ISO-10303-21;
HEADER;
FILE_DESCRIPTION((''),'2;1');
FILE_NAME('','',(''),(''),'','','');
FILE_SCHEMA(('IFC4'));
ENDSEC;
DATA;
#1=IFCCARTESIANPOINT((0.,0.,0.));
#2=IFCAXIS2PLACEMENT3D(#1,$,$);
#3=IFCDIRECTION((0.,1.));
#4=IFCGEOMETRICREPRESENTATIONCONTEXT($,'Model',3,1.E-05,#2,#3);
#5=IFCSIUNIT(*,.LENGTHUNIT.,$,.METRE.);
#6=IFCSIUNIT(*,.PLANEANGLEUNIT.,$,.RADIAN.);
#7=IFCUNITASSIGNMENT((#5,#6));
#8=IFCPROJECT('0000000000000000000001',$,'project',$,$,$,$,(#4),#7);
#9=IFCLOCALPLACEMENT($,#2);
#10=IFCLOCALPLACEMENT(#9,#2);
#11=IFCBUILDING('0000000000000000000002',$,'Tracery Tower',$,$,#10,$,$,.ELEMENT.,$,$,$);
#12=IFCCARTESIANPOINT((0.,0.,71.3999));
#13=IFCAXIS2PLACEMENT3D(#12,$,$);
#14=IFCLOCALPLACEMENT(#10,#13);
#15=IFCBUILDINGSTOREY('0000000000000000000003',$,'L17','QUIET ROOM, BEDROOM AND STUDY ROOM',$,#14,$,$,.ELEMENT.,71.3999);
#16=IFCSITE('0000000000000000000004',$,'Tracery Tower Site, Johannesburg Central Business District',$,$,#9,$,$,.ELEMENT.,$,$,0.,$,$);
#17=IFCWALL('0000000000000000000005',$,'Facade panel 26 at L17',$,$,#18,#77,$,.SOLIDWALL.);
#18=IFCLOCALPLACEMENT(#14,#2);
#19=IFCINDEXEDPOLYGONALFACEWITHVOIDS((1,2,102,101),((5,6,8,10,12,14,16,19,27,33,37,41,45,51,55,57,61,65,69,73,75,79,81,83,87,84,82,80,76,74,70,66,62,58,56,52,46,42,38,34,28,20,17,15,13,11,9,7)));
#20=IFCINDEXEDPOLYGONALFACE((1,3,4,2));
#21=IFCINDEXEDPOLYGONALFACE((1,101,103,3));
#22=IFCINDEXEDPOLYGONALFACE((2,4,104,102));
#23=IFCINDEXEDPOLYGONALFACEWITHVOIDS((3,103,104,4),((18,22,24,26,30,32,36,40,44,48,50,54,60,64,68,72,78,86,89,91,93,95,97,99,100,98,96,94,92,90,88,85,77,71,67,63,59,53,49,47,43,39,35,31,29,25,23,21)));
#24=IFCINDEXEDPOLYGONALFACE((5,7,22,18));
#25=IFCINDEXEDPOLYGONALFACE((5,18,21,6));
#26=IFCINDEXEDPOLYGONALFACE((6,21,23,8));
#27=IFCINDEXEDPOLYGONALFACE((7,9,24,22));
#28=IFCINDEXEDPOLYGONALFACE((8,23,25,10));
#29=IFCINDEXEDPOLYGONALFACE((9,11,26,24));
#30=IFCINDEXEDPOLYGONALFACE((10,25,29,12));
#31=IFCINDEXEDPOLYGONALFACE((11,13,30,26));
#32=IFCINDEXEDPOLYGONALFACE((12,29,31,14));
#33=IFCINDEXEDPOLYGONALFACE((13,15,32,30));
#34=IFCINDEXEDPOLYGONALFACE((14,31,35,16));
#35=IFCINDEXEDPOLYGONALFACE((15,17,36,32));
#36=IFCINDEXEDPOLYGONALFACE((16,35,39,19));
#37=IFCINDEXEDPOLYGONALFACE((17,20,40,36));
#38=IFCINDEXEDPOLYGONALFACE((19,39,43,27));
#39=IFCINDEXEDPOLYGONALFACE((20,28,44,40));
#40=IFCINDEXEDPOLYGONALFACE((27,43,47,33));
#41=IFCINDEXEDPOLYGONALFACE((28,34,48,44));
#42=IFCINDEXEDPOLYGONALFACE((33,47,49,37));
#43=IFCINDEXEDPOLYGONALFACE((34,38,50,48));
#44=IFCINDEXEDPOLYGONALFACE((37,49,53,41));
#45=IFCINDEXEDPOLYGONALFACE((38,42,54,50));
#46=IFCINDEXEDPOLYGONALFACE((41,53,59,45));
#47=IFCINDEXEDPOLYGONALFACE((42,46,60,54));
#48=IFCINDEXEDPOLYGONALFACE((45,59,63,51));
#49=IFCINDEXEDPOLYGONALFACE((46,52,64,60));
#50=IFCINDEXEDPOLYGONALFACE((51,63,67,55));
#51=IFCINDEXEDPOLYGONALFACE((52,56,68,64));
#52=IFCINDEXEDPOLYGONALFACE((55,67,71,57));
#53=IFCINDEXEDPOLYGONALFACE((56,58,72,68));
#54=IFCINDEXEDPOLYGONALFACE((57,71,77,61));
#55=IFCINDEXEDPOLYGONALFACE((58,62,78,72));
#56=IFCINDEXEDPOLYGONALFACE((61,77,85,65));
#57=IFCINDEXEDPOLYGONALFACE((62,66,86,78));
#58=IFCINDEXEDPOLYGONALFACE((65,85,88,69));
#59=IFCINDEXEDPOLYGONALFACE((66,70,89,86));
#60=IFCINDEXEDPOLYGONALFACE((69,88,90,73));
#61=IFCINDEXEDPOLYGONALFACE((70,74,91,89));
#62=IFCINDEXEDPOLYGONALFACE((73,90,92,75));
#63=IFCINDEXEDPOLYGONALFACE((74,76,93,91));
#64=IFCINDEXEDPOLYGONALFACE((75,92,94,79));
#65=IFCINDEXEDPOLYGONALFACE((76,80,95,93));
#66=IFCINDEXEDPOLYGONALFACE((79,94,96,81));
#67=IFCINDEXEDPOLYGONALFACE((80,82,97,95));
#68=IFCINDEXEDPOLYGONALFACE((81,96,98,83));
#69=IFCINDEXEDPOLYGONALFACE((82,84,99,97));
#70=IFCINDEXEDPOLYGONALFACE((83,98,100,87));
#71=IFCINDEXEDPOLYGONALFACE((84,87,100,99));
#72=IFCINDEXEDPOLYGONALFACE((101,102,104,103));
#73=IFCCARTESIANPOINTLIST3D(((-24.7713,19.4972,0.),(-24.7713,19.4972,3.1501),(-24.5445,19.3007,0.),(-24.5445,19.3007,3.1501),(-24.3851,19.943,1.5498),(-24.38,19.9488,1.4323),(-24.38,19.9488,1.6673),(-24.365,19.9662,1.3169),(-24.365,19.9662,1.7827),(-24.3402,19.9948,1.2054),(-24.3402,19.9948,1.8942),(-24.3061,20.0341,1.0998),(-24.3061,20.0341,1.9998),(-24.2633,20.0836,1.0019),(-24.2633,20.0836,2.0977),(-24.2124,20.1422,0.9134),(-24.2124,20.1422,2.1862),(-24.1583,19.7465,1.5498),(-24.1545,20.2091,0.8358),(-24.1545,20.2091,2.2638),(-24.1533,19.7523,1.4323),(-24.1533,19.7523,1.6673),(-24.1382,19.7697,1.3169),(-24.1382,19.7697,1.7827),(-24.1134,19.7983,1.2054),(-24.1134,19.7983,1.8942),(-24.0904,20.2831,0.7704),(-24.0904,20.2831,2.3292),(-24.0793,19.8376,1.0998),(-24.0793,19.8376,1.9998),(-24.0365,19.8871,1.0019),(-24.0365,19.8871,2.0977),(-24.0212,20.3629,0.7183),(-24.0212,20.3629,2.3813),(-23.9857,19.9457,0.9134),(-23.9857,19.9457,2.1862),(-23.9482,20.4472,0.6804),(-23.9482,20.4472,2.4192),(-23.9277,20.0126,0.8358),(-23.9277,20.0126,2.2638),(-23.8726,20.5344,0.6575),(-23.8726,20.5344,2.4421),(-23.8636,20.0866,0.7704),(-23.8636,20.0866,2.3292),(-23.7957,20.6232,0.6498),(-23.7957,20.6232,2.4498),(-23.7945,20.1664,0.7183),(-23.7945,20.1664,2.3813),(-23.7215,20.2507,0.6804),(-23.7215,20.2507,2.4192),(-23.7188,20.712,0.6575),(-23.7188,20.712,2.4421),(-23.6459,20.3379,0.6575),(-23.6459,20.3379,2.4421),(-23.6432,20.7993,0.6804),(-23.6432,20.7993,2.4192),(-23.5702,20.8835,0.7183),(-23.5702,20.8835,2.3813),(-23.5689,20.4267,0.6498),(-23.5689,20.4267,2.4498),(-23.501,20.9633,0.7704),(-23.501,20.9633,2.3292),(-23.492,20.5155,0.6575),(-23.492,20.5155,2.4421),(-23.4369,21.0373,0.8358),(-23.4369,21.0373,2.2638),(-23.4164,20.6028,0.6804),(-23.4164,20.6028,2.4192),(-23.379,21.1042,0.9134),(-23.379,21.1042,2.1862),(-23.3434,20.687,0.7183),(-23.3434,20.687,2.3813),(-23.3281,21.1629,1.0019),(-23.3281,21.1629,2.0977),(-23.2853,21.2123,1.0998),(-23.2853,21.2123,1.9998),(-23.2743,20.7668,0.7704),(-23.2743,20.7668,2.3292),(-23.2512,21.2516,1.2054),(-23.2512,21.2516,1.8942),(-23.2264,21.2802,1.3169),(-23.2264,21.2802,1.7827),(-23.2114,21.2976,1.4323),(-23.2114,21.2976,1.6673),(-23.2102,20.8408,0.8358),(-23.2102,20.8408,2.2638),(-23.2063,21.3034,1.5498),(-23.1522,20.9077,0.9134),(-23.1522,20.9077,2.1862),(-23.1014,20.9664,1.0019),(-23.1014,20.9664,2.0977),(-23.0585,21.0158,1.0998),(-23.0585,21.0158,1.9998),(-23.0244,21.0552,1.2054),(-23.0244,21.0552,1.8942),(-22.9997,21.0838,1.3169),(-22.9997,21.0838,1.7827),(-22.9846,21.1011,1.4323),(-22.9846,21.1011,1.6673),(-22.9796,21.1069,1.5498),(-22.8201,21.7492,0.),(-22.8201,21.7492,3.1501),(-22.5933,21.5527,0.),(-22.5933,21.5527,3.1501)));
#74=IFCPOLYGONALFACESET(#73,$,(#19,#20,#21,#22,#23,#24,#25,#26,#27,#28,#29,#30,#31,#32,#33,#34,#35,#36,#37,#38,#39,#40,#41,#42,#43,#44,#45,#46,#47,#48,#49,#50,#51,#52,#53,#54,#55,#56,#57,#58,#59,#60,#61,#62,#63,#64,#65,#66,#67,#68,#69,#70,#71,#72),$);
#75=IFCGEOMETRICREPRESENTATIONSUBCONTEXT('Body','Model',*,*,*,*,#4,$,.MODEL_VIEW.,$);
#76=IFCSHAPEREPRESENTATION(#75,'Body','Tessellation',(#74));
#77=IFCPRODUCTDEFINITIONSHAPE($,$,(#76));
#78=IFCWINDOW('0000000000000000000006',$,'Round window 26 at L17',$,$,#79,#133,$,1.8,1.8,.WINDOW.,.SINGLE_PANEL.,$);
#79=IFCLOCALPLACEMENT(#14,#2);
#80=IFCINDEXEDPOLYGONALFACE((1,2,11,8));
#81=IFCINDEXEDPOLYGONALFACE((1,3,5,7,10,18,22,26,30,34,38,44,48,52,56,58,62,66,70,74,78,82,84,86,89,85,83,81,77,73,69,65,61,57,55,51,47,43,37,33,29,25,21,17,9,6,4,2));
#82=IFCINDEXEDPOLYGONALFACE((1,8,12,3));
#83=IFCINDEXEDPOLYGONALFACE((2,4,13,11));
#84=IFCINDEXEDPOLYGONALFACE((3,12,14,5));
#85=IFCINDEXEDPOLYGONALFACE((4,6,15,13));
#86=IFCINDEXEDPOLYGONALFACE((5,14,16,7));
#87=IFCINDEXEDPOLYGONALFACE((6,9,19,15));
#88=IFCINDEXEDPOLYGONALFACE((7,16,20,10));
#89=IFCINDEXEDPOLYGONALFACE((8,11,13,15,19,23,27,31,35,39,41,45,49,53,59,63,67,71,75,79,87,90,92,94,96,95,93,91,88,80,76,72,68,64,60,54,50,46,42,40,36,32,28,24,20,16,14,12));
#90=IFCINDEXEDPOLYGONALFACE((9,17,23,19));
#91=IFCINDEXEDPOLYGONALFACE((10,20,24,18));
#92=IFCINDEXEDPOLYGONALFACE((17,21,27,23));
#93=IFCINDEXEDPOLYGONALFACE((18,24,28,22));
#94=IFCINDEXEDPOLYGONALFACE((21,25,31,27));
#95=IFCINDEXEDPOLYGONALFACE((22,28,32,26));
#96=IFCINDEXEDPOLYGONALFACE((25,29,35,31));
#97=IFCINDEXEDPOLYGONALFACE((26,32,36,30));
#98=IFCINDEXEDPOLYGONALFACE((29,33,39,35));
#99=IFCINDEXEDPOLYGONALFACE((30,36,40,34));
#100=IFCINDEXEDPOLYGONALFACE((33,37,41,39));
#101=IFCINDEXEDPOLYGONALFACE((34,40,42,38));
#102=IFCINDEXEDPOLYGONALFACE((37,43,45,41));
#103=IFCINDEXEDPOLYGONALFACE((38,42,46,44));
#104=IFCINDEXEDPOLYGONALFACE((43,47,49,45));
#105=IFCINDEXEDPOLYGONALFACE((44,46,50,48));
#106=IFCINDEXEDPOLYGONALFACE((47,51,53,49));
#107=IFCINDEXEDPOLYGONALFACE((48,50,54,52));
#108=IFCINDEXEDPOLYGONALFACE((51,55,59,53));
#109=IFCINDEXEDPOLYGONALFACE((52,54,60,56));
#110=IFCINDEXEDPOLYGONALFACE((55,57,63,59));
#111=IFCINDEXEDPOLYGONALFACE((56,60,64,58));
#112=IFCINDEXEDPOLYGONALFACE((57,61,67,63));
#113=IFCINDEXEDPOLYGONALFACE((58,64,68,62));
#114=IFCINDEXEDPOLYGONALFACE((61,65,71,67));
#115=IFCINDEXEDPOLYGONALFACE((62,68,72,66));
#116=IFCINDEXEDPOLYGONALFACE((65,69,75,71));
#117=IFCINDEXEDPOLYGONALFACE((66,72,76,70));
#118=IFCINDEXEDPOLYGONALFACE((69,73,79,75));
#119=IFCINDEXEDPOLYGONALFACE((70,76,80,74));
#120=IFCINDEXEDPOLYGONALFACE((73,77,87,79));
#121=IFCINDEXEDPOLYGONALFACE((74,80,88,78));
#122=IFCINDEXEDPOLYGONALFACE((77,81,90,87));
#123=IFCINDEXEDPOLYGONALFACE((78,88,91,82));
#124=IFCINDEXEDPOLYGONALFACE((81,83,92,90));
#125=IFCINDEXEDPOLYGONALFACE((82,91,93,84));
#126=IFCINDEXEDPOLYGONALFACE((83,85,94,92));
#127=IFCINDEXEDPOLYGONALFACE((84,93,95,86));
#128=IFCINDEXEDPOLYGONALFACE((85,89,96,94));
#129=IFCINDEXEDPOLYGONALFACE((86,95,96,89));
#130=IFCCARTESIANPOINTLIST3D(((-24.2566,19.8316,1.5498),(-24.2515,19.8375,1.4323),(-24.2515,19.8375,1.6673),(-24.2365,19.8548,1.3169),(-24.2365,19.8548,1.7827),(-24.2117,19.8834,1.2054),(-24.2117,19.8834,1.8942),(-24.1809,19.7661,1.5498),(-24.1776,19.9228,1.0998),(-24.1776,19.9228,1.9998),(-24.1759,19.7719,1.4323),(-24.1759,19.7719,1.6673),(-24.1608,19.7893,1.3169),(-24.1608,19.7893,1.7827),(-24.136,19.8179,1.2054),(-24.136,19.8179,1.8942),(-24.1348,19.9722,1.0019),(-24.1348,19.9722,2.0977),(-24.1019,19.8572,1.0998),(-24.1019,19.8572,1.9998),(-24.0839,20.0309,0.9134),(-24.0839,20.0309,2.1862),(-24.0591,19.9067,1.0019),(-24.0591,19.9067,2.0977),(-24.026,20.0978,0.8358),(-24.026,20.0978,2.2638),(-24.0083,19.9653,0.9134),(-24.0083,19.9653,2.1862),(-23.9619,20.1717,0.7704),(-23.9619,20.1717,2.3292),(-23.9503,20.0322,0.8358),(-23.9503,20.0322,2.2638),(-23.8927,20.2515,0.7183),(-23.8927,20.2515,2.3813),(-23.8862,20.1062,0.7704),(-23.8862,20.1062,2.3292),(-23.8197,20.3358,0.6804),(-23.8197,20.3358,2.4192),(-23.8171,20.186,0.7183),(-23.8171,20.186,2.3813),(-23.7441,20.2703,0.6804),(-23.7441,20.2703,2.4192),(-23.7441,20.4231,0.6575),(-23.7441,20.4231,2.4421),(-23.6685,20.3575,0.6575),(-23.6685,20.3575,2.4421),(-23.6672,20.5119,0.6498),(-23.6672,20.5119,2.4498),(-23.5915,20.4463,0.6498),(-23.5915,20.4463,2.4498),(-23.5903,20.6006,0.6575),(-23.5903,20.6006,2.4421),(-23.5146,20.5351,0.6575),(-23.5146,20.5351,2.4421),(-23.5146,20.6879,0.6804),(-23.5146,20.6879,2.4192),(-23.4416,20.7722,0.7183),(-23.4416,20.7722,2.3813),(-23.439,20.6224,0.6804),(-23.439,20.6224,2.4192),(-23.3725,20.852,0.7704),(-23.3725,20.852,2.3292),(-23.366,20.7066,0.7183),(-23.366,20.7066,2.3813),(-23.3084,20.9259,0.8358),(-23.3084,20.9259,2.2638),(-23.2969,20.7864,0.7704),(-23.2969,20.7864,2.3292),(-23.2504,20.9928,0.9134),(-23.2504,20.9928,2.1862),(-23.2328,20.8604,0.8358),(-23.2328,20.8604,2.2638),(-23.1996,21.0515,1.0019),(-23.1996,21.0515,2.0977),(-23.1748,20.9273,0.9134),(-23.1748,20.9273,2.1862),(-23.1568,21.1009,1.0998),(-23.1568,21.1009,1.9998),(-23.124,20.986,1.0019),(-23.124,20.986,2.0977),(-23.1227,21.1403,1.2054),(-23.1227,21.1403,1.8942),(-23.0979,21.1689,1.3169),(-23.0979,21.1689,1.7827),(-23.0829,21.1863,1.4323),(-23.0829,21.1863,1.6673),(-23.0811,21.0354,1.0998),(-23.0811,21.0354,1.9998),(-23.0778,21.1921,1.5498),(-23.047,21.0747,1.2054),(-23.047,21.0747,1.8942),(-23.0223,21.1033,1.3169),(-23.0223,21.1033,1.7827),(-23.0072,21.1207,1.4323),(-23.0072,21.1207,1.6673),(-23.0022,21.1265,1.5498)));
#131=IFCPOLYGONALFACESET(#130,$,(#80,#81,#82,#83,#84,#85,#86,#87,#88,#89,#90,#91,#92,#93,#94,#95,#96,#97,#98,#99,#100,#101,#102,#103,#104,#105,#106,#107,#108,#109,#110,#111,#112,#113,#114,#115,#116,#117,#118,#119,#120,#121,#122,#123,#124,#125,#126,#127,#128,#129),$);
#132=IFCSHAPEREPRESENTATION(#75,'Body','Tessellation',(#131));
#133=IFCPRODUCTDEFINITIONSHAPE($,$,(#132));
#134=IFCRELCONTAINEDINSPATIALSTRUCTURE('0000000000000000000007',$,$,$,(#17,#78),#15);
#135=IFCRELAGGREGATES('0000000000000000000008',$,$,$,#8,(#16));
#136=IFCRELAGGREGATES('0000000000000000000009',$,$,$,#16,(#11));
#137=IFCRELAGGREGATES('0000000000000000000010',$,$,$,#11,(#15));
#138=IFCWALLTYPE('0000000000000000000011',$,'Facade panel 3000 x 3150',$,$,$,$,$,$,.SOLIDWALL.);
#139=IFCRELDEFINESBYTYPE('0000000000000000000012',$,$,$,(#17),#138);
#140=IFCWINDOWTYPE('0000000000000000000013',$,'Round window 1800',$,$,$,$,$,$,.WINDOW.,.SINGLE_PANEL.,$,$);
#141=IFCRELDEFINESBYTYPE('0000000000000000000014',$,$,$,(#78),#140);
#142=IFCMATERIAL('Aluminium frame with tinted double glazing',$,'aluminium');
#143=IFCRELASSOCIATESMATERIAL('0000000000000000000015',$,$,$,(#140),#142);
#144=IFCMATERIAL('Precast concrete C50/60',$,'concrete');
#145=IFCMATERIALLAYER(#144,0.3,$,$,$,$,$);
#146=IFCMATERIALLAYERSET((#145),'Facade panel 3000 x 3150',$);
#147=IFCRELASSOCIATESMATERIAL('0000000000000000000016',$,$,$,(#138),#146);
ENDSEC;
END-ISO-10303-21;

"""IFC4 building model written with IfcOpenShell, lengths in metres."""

from ifc_helpers import new_model, si_unit, direction, frame, frame_2d, origin, origin_2d, place, context, subcontext, project, spatial, rectangle, circle, extrude, material, layer, layer_set, type_object, element, fill, save


model = new_model("IFC4")

# Units and contexts
model_context = context("Model", 3, precision=1e-05, world=origin(), true_north=direction((0.0, 1.0)))
body_context = subcontext(model_context, "Body", "Model", "MODEL_VIEW")
ifc_project = project(units=[si_unit("LENGTHUNIT", "METRE"), si_unit("PLANEANGLEUNIT", "RADIAN")], contexts=[model_context])

# Site, building, storey
site_placement = place(None, origin())
site = spatial("IfcSite", under=ifc_project, at=site_placement, Name="Tracery Tower Site, Johannesburg Central Business District", CompositionType="ELEMENT", RefElevation=0.0)
building_placement = place(site_placement, origin())
building = spatial("IfcBuilding", under=site, at=building_placement, Name="Tracery Tower", CompositionType="ELEMENT")
storey_placement = place(building_placement, frame((0.0, 0.0, 71.3999)))
storey = spatial("IfcBuildingStorey", under=building, at=storey_placement, Name="L17", Description="QUIET ROOM, BEDROOM AND STUDY ROOM", CompositionType="ELEMENT", Elevation=71.3999)

# Wall, opening, window
ifc_material_1 = material(Name="Aluminium frame with tinted double glazing", Category="aluminium")
window_type = type_object("IfcWindowType", Name="Round window 1800", PartitioningType="SINGLE_PANEL", PredefinedType="WINDOW", material=ifc_material_1)
ifc_material_2 = material(Name="Precast concrete C50/60", Category="concrete")
ifc_layer_1 = layer(ifc_material_2, 0.3)
ifc_layer_set_1 = layer_set([ifc_layer_1], Name="Facade panel 3000 x 3150")
wall_type_1 = type_object("IfcWallType", Name="Facade panel 3000 x 3150", PredefinedType="SOLIDWALL", material=ifc_layer_set_1)
wall_1_placement = place(storey_placement, frame((-22.7068, 21.6509, 0.0), z_axis=(0.0, 0.0, 1.0), x_axis=(-0.654831, -0.755776, 0.0)))
wall_1 = element("IfcWall", 1, at=wall_1_placement, inside=storey, type_object=wall_type_1, Name="Facade panel 26 at L17", PredefinedType="SOLIDWALL", context=body_context, shape_type="SweptSolid", body=[
    extrude(rectangle(XDim=2.9797, YDim=0.3, at=frame_2d((1.4897, 0.0))), origin(), (0.0, 0.0, 1.0), 3.1501),
])
opening_1_placement = place(wall_1_placement, frame((1.4897, 0.0, 1.5498)))
opening_1 = element("IfcOpeningElement", 2, at=opening_1_placement, cuts=wall_1, PredefinedType="OPENING", context=body_context, shape_type="SweptSolid", body=[
    extrude(circle(Radius=0.9, at=origin_2d()), frame((0.0, 0.1599, 0.0), z_axis=(0.0, -1.0, 0.0), x_axis=(1.0, 0.0, 0.0)), (0.0, 0.0, 1.0), 0.3201),
])
window_1_placement = place(opening_1_placement, origin())
window_1 = element("IfcWindow", 3, at=window_1_placement, inside=storey, type_object=window_type, Name="Round window 26 at L17", OverallHeight=1.8, OverallWidth=1.8, PartitioningType="SINGLE_PANEL", PredefinedType="WINDOW", context=body_context, shape_type="SweptSolid", body=[
    extrude(circle(Radius=0.9, at=origin_2d()), frame((0.0, 0.1201, 0.0), z_axis=(0.0, -1.0, 0.0), x_axis=(1.0, 0.0, 0.0)), (0.0, 0.0, 1.0), 0.1001),
])
fill(opening_1, window_1)

save(model, "model.ifc")
